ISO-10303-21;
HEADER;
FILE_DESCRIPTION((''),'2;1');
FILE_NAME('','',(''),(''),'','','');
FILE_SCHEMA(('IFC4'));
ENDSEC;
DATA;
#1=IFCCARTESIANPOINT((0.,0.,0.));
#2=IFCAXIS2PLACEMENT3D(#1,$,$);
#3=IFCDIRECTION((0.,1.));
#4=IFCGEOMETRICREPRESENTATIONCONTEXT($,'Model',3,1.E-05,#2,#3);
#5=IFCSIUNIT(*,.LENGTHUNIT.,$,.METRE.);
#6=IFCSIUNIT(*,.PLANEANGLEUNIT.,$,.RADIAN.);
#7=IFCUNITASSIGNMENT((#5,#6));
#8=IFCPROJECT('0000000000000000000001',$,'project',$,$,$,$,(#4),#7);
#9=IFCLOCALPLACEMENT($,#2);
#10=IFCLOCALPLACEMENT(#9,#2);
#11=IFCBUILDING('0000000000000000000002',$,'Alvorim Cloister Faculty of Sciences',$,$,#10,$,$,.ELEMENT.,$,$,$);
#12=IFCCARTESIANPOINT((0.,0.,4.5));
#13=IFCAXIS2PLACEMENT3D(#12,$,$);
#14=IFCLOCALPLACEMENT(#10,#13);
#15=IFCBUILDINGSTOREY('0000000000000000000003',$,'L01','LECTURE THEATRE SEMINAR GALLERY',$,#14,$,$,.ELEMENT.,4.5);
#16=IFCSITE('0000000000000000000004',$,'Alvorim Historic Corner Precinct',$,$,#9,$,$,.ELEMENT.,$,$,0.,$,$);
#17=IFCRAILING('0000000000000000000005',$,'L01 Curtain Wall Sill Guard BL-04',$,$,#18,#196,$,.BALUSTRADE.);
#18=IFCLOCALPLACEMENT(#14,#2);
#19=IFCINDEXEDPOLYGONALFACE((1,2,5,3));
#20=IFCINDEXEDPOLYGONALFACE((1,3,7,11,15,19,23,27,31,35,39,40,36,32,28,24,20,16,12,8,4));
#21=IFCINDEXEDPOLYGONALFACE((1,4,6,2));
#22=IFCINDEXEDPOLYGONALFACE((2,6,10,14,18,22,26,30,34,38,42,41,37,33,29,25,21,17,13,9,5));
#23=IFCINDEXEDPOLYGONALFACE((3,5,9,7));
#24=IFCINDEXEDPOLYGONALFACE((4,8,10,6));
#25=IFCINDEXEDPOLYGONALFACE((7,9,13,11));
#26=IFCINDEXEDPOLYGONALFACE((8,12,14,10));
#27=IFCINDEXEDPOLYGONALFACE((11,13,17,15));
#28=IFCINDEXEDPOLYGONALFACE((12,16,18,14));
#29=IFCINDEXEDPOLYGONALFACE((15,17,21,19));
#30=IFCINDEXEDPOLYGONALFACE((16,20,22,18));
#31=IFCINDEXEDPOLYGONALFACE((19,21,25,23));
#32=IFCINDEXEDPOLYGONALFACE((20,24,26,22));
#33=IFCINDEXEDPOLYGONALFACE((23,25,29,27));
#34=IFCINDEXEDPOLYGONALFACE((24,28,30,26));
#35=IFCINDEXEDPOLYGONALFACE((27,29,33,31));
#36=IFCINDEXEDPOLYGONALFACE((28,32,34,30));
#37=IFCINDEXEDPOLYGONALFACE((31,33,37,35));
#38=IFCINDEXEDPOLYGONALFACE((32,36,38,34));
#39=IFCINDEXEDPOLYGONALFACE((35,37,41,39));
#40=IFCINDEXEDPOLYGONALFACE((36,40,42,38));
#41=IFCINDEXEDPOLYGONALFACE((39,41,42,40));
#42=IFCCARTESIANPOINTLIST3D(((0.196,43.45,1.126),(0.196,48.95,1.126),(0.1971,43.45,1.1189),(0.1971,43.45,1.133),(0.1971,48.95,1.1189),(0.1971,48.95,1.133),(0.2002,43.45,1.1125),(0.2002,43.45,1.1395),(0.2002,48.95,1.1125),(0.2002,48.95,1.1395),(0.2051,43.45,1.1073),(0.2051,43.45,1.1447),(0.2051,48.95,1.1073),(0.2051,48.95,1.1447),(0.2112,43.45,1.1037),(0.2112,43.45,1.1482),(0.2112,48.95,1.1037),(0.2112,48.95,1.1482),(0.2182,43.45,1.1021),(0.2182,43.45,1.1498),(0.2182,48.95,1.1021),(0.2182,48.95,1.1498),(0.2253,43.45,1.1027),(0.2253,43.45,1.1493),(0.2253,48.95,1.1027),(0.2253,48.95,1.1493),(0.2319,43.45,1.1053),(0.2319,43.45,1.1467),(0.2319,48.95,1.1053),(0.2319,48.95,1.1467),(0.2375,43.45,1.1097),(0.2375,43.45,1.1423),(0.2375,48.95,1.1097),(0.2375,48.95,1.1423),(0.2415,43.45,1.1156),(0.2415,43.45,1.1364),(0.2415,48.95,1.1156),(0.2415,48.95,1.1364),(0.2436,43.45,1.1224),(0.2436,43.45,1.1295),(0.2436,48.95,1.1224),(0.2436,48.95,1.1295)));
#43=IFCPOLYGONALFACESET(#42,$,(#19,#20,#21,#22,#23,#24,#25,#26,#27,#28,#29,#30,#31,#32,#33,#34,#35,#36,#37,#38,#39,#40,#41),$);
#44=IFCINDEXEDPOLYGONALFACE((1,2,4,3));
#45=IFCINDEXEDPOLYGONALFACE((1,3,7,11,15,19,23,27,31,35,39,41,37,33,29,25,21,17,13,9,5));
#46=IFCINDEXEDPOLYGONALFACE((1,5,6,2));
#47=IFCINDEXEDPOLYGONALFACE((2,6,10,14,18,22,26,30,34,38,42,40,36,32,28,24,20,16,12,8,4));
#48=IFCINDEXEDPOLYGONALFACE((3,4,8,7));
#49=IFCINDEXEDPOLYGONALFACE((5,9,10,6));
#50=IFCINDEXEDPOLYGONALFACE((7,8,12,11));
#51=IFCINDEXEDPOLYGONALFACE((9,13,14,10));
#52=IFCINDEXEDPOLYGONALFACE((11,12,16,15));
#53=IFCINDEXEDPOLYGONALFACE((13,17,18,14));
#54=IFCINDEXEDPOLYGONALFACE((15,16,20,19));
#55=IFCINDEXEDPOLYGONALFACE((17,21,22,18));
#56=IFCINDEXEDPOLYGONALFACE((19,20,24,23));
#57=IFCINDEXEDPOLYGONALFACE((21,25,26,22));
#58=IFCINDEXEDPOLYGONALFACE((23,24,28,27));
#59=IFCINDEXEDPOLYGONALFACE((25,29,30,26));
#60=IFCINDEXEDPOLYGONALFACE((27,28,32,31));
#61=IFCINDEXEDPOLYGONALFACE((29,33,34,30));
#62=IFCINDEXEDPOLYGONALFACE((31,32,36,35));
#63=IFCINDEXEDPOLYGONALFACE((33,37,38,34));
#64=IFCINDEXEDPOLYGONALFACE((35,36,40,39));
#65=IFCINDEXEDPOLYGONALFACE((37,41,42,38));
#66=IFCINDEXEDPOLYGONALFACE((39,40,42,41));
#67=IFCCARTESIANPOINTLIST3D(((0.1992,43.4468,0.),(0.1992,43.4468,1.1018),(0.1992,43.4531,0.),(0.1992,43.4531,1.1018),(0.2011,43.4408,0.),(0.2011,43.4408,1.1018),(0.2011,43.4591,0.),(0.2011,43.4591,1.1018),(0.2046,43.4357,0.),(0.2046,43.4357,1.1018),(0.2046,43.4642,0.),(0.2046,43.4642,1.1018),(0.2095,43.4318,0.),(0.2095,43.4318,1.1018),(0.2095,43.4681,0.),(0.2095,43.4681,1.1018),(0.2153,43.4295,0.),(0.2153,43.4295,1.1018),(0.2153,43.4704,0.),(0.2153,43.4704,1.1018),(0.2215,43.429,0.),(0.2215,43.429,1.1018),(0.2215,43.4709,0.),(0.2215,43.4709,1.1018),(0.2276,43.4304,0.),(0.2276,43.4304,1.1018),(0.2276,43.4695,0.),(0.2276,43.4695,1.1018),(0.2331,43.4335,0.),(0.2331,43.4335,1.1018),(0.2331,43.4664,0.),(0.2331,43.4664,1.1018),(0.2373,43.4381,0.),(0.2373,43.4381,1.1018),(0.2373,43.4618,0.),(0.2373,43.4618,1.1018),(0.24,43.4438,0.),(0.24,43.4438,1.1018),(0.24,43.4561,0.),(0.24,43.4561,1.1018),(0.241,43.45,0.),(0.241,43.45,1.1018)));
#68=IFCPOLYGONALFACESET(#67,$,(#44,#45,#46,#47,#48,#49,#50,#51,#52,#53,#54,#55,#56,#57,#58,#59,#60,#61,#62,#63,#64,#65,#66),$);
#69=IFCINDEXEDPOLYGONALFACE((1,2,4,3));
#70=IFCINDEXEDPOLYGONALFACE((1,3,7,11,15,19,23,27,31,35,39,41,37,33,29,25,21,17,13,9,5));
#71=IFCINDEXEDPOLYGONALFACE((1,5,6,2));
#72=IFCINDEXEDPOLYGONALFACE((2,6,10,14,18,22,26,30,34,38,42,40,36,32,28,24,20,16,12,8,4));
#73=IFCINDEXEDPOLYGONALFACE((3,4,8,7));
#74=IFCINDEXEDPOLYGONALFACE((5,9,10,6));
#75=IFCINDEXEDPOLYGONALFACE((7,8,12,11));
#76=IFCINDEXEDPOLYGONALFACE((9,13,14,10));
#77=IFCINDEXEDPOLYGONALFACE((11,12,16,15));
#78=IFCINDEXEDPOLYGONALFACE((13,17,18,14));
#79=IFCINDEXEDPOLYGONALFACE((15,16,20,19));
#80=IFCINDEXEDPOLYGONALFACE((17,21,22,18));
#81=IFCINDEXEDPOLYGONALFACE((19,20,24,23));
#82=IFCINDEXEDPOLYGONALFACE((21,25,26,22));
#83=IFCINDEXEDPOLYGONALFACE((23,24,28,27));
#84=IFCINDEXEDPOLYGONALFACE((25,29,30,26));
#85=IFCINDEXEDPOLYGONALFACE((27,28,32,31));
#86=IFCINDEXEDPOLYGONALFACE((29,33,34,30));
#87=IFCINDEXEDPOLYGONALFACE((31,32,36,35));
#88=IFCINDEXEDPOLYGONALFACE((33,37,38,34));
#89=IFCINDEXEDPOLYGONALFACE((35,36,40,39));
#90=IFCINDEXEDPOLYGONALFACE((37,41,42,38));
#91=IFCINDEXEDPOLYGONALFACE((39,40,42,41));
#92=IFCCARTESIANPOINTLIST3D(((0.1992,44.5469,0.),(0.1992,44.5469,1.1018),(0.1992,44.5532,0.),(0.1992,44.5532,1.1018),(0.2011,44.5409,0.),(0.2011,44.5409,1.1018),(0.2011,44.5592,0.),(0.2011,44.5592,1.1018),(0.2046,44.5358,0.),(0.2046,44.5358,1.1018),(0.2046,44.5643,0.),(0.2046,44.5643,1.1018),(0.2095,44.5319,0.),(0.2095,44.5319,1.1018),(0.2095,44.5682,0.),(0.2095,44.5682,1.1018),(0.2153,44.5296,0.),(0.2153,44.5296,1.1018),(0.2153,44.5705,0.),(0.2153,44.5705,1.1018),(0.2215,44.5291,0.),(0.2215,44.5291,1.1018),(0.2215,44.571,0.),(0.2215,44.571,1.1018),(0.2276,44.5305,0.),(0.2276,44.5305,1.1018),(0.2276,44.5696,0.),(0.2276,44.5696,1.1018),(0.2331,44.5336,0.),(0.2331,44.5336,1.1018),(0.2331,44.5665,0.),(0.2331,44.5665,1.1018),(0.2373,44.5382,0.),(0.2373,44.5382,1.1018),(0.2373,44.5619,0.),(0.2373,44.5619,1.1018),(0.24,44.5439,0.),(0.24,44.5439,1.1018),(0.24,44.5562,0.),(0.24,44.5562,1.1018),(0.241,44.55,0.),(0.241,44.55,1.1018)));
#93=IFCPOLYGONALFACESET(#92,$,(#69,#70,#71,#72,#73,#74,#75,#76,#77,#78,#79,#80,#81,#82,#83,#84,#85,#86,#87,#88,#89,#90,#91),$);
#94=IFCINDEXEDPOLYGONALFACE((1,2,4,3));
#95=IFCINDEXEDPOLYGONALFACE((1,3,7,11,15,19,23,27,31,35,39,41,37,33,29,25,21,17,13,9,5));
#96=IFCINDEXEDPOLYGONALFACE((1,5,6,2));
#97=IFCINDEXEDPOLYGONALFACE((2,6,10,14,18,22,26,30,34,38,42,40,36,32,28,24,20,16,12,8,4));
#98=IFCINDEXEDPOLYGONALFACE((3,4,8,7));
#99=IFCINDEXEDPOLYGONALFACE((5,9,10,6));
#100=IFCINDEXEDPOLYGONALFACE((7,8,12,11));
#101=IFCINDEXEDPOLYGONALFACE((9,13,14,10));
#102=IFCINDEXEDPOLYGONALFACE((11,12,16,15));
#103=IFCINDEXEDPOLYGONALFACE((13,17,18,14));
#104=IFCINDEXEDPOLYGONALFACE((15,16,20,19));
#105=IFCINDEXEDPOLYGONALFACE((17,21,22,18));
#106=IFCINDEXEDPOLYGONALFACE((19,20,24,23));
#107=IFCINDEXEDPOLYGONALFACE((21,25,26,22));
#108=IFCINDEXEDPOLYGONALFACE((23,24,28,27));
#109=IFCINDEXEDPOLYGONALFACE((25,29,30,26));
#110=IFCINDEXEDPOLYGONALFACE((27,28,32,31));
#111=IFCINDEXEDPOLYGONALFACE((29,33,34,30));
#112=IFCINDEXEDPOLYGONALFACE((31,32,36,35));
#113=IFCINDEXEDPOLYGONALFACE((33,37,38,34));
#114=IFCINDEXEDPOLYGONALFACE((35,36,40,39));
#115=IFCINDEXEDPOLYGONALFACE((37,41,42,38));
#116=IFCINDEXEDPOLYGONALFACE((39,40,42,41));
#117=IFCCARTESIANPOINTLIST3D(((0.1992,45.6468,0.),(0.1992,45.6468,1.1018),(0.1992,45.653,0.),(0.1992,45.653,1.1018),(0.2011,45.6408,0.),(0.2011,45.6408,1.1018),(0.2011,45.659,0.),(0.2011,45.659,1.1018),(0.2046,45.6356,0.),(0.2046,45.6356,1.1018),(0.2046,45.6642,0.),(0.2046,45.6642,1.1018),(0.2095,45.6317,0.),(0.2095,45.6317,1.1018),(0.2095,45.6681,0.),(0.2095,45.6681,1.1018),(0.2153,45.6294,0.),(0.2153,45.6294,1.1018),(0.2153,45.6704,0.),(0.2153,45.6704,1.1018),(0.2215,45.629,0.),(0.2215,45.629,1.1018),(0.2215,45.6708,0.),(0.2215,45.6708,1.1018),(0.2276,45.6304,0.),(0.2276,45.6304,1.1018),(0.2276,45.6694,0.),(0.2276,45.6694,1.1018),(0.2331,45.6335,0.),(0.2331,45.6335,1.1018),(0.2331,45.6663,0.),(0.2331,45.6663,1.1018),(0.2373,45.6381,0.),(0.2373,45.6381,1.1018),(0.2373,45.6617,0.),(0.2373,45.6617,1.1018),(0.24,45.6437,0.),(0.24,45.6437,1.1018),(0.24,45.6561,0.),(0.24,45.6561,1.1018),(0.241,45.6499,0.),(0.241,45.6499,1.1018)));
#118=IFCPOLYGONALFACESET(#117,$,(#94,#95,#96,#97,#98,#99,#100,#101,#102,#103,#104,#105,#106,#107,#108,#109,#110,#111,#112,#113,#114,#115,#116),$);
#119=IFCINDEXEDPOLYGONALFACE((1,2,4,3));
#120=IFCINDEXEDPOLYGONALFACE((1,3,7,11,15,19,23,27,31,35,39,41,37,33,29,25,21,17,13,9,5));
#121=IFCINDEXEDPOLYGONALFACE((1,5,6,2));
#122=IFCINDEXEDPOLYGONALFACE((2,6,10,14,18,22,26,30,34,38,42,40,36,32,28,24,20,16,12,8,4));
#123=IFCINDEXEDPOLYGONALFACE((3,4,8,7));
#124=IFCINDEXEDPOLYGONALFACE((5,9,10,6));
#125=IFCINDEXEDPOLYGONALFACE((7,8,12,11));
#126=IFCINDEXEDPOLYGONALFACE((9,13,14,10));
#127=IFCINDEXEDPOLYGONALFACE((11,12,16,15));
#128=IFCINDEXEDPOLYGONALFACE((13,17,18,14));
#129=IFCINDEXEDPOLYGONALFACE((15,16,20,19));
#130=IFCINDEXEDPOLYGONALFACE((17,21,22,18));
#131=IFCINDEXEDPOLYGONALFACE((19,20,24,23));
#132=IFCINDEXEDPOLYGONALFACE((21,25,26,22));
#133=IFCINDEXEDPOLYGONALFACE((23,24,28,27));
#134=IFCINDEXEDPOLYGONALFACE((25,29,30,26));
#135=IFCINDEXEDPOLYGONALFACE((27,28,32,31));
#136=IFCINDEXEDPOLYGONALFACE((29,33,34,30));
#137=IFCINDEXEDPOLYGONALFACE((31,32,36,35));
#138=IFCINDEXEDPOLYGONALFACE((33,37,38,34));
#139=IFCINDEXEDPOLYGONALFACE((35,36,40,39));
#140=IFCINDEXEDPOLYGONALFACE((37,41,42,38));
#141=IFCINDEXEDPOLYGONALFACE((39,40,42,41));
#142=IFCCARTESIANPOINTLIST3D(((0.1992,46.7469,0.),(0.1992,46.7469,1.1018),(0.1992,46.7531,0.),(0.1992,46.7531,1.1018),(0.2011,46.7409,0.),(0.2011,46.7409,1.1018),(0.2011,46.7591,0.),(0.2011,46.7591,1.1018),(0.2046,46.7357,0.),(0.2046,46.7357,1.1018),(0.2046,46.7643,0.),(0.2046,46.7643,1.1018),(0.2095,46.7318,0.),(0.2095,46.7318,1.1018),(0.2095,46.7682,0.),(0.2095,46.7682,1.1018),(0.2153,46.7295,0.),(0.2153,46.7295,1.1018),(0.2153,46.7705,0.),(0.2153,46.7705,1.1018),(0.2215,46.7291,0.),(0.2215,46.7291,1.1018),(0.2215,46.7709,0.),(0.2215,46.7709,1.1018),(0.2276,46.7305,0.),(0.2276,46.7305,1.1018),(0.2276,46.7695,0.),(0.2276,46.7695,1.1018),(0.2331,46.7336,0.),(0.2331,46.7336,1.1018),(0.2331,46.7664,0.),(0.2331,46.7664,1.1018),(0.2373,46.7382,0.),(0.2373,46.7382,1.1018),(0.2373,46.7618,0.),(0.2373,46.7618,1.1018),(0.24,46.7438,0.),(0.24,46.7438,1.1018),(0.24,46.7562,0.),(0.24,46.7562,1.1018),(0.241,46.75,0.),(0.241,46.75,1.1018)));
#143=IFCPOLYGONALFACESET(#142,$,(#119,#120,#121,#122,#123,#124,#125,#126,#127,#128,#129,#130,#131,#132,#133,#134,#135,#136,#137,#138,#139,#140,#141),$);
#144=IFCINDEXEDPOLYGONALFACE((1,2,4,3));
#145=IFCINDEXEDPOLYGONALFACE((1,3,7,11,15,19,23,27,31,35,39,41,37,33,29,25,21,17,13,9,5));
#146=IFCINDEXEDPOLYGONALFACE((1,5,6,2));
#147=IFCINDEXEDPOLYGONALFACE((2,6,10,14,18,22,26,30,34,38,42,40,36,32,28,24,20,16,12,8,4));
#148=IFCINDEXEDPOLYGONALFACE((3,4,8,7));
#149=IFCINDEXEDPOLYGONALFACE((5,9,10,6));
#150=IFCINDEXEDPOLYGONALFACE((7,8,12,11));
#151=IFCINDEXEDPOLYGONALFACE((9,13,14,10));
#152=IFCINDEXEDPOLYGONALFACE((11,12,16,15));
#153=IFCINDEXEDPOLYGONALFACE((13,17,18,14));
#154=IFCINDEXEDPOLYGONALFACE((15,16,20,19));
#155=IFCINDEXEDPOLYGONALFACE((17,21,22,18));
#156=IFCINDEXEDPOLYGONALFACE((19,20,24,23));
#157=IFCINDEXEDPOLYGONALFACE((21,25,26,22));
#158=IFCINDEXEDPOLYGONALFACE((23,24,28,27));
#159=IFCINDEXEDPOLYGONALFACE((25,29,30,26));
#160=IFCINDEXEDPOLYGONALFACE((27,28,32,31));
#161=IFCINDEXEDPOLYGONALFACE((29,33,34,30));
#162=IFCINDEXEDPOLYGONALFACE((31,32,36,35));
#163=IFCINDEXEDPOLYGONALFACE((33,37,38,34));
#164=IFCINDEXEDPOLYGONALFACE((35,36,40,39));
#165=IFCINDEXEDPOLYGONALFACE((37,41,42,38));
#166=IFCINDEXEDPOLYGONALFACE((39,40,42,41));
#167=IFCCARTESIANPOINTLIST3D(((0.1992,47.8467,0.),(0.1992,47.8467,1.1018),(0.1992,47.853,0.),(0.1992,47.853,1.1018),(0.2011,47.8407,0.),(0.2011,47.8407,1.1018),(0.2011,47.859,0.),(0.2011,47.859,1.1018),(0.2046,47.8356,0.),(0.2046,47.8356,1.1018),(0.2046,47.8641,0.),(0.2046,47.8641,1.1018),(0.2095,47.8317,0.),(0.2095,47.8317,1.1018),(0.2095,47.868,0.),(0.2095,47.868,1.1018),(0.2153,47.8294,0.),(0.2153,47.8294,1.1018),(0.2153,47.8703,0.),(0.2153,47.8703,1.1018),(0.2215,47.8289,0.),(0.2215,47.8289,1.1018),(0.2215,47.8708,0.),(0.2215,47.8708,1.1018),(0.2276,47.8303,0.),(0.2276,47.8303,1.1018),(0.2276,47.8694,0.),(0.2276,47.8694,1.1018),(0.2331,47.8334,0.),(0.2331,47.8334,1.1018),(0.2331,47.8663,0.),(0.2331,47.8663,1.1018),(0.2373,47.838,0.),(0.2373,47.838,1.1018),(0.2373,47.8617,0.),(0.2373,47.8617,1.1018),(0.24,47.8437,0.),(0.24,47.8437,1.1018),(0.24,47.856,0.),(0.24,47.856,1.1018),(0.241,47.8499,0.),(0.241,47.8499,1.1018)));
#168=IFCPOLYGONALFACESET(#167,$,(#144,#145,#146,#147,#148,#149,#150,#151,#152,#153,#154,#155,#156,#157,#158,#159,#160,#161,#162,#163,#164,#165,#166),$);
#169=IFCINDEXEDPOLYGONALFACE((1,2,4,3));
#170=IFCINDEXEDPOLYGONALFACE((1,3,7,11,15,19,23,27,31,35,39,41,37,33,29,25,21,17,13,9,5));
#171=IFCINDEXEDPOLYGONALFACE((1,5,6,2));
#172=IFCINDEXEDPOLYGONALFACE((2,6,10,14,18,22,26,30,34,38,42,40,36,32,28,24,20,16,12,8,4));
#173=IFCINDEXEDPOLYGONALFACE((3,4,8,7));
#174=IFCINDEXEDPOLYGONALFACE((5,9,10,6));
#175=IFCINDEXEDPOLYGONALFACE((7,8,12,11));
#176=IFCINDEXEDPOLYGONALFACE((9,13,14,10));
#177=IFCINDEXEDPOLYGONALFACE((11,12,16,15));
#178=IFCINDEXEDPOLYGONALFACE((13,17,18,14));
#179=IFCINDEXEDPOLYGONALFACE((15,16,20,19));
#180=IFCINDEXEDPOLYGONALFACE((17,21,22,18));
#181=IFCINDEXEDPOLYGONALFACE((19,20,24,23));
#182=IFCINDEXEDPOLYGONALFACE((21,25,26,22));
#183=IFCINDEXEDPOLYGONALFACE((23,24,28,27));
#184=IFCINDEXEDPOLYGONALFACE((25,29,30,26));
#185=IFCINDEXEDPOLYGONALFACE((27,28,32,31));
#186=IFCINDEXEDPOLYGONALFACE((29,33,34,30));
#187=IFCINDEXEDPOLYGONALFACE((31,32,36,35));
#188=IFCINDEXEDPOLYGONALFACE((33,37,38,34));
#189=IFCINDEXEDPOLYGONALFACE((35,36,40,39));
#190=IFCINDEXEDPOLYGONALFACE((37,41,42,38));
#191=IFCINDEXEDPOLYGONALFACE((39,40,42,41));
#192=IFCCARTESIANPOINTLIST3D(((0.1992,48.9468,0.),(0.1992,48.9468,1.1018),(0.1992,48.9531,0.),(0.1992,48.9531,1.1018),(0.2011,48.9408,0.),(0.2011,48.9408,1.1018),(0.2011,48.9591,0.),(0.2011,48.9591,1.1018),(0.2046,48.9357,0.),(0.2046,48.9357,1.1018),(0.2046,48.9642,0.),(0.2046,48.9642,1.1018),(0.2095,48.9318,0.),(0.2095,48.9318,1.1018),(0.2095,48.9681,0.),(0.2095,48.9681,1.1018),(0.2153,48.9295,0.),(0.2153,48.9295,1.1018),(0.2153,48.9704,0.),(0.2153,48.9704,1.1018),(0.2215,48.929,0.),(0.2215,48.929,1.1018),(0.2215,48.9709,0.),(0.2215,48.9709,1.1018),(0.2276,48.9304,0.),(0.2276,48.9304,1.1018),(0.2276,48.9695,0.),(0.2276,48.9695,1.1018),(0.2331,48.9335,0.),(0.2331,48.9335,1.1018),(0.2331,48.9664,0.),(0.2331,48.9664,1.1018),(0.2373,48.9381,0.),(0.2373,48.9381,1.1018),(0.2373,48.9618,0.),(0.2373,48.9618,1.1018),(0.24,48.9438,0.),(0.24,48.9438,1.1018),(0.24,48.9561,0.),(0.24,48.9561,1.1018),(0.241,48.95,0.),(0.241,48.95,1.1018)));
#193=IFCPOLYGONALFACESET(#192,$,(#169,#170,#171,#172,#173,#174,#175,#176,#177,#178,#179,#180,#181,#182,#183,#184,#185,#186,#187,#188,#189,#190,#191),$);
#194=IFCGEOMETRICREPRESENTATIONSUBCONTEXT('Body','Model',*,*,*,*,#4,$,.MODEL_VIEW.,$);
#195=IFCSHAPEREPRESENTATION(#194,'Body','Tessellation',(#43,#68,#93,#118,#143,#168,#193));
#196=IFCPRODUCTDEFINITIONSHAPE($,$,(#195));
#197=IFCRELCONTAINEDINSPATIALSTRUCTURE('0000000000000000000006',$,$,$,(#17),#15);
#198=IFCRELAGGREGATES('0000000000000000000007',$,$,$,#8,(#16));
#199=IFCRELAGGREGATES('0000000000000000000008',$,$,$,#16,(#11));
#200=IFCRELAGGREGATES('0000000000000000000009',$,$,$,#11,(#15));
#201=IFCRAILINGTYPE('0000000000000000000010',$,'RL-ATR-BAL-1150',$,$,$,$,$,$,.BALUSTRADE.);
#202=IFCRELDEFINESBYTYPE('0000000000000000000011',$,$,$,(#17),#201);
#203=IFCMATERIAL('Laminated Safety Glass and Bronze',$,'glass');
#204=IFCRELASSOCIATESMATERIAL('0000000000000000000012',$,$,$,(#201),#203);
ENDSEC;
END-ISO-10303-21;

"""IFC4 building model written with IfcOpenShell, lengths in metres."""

from ifc_helpers import new_model, si_unit, direction, frame, origin, origin_2d, place, context, subcontext, project, spatial, circle, extrude, material, type_object, element, save


model = new_model("IFC4")

# Units and contexts
model_context = context("Model", 3, precision=1e-05, world=origin(), true_north=direction((0.0, 1.0)))
body_context = subcontext(model_context, "Body", "Model", "MODEL_VIEW")
ifc_project = project(units=[si_unit("LENGTHUNIT", "METRE"), si_unit("PLANEANGLEUNIT", "RADIAN")], contexts=[model_context])

# Site, building, storey
site_placement = place(None, origin())
site = spatial("IfcSite", under=ifc_project, at=site_placement, Name="Alvorim Historic Corner Precinct", CompositionType="ELEMENT", RefElevation=0.0)
building_placement = place(site_placement, origin())
building = spatial("IfcBuilding", under=site, at=building_placement, Name="Alvorim Cloister Faculty of Sciences", CompositionType="ELEMENT")
storey_placement = place(building_placement, frame((0.0, 0.0, 4.5)))
storey = spatial("IfcBuildingStorey", under=building, at=storey_placement, Name="L01", Description="LECTURE THEATRE SEMINAR GALLERY", CompositionType="ELEMENT", Elevation=4.5)

# Railing
ifc_material_1 = material(Name="Laminated Safety Glass and Bronze", Category="glass")
railing_type = type_object("IfcRailingType", Name="RL-ATR-BAL-1150", PredefinedType="BALUSTRADE", material=ifc_material_1)
railing_1_placement = place(storey_placement, frame((0.22, 43.45, 0.0)))
element("IfcRailing", 1, at=railing_1_placement, inside=storey, type_object=railing_type, Name="L01 Curtain Wall Sill Guard BL-04", PredefinedType="BALUSTRADE", context=body_context, shape_type="SweptSolid", body=[
    extrude(circle(Radius=0.0239, at=origin_2d()), frame((0.0, 0.0, 1.126), z_axis=(0.0, 1.0, 0.0), x_axis=(-1.0, 0.0, 0.0)), (0.0, 0.0, 1.0), 5.5),
    extrude(circle(Radius=0.021, at=origin_2d()), origin(), (0.0, 0.0, 1.0), 1.1018),
    extrude(circle(Radius=0.021, at=origin_2d()), frame((0.0, 1.1001, 0.0)), (0.0, 0.0, 1.0), 1.1018),
    extrude(circle(Radius=0.021, at=origin_2d()), frame((0.0, 2.2, 0.0)), (0.0, 0.0, 1.0), 1.1018),
    extrude(circle(Radius=0.021, at=origin_2d()), frame((0.0, 3.3, 0.0)), (0.0, 0.0, 1.0), 1.1018),
    extrude(circle(Radius=0.021, at=origin_2d()), frame((0.0, 4.3999, 0.0)), (0.0, 0.0, 1.0), 1.1018),
    extrude(circle(Radius=0.021, at=origin_2d()), frame((0.0, 5.5, 0.0)), (0.0, 0.0, 1.0), 1.1018),
])

save(model, "model.ifc")
